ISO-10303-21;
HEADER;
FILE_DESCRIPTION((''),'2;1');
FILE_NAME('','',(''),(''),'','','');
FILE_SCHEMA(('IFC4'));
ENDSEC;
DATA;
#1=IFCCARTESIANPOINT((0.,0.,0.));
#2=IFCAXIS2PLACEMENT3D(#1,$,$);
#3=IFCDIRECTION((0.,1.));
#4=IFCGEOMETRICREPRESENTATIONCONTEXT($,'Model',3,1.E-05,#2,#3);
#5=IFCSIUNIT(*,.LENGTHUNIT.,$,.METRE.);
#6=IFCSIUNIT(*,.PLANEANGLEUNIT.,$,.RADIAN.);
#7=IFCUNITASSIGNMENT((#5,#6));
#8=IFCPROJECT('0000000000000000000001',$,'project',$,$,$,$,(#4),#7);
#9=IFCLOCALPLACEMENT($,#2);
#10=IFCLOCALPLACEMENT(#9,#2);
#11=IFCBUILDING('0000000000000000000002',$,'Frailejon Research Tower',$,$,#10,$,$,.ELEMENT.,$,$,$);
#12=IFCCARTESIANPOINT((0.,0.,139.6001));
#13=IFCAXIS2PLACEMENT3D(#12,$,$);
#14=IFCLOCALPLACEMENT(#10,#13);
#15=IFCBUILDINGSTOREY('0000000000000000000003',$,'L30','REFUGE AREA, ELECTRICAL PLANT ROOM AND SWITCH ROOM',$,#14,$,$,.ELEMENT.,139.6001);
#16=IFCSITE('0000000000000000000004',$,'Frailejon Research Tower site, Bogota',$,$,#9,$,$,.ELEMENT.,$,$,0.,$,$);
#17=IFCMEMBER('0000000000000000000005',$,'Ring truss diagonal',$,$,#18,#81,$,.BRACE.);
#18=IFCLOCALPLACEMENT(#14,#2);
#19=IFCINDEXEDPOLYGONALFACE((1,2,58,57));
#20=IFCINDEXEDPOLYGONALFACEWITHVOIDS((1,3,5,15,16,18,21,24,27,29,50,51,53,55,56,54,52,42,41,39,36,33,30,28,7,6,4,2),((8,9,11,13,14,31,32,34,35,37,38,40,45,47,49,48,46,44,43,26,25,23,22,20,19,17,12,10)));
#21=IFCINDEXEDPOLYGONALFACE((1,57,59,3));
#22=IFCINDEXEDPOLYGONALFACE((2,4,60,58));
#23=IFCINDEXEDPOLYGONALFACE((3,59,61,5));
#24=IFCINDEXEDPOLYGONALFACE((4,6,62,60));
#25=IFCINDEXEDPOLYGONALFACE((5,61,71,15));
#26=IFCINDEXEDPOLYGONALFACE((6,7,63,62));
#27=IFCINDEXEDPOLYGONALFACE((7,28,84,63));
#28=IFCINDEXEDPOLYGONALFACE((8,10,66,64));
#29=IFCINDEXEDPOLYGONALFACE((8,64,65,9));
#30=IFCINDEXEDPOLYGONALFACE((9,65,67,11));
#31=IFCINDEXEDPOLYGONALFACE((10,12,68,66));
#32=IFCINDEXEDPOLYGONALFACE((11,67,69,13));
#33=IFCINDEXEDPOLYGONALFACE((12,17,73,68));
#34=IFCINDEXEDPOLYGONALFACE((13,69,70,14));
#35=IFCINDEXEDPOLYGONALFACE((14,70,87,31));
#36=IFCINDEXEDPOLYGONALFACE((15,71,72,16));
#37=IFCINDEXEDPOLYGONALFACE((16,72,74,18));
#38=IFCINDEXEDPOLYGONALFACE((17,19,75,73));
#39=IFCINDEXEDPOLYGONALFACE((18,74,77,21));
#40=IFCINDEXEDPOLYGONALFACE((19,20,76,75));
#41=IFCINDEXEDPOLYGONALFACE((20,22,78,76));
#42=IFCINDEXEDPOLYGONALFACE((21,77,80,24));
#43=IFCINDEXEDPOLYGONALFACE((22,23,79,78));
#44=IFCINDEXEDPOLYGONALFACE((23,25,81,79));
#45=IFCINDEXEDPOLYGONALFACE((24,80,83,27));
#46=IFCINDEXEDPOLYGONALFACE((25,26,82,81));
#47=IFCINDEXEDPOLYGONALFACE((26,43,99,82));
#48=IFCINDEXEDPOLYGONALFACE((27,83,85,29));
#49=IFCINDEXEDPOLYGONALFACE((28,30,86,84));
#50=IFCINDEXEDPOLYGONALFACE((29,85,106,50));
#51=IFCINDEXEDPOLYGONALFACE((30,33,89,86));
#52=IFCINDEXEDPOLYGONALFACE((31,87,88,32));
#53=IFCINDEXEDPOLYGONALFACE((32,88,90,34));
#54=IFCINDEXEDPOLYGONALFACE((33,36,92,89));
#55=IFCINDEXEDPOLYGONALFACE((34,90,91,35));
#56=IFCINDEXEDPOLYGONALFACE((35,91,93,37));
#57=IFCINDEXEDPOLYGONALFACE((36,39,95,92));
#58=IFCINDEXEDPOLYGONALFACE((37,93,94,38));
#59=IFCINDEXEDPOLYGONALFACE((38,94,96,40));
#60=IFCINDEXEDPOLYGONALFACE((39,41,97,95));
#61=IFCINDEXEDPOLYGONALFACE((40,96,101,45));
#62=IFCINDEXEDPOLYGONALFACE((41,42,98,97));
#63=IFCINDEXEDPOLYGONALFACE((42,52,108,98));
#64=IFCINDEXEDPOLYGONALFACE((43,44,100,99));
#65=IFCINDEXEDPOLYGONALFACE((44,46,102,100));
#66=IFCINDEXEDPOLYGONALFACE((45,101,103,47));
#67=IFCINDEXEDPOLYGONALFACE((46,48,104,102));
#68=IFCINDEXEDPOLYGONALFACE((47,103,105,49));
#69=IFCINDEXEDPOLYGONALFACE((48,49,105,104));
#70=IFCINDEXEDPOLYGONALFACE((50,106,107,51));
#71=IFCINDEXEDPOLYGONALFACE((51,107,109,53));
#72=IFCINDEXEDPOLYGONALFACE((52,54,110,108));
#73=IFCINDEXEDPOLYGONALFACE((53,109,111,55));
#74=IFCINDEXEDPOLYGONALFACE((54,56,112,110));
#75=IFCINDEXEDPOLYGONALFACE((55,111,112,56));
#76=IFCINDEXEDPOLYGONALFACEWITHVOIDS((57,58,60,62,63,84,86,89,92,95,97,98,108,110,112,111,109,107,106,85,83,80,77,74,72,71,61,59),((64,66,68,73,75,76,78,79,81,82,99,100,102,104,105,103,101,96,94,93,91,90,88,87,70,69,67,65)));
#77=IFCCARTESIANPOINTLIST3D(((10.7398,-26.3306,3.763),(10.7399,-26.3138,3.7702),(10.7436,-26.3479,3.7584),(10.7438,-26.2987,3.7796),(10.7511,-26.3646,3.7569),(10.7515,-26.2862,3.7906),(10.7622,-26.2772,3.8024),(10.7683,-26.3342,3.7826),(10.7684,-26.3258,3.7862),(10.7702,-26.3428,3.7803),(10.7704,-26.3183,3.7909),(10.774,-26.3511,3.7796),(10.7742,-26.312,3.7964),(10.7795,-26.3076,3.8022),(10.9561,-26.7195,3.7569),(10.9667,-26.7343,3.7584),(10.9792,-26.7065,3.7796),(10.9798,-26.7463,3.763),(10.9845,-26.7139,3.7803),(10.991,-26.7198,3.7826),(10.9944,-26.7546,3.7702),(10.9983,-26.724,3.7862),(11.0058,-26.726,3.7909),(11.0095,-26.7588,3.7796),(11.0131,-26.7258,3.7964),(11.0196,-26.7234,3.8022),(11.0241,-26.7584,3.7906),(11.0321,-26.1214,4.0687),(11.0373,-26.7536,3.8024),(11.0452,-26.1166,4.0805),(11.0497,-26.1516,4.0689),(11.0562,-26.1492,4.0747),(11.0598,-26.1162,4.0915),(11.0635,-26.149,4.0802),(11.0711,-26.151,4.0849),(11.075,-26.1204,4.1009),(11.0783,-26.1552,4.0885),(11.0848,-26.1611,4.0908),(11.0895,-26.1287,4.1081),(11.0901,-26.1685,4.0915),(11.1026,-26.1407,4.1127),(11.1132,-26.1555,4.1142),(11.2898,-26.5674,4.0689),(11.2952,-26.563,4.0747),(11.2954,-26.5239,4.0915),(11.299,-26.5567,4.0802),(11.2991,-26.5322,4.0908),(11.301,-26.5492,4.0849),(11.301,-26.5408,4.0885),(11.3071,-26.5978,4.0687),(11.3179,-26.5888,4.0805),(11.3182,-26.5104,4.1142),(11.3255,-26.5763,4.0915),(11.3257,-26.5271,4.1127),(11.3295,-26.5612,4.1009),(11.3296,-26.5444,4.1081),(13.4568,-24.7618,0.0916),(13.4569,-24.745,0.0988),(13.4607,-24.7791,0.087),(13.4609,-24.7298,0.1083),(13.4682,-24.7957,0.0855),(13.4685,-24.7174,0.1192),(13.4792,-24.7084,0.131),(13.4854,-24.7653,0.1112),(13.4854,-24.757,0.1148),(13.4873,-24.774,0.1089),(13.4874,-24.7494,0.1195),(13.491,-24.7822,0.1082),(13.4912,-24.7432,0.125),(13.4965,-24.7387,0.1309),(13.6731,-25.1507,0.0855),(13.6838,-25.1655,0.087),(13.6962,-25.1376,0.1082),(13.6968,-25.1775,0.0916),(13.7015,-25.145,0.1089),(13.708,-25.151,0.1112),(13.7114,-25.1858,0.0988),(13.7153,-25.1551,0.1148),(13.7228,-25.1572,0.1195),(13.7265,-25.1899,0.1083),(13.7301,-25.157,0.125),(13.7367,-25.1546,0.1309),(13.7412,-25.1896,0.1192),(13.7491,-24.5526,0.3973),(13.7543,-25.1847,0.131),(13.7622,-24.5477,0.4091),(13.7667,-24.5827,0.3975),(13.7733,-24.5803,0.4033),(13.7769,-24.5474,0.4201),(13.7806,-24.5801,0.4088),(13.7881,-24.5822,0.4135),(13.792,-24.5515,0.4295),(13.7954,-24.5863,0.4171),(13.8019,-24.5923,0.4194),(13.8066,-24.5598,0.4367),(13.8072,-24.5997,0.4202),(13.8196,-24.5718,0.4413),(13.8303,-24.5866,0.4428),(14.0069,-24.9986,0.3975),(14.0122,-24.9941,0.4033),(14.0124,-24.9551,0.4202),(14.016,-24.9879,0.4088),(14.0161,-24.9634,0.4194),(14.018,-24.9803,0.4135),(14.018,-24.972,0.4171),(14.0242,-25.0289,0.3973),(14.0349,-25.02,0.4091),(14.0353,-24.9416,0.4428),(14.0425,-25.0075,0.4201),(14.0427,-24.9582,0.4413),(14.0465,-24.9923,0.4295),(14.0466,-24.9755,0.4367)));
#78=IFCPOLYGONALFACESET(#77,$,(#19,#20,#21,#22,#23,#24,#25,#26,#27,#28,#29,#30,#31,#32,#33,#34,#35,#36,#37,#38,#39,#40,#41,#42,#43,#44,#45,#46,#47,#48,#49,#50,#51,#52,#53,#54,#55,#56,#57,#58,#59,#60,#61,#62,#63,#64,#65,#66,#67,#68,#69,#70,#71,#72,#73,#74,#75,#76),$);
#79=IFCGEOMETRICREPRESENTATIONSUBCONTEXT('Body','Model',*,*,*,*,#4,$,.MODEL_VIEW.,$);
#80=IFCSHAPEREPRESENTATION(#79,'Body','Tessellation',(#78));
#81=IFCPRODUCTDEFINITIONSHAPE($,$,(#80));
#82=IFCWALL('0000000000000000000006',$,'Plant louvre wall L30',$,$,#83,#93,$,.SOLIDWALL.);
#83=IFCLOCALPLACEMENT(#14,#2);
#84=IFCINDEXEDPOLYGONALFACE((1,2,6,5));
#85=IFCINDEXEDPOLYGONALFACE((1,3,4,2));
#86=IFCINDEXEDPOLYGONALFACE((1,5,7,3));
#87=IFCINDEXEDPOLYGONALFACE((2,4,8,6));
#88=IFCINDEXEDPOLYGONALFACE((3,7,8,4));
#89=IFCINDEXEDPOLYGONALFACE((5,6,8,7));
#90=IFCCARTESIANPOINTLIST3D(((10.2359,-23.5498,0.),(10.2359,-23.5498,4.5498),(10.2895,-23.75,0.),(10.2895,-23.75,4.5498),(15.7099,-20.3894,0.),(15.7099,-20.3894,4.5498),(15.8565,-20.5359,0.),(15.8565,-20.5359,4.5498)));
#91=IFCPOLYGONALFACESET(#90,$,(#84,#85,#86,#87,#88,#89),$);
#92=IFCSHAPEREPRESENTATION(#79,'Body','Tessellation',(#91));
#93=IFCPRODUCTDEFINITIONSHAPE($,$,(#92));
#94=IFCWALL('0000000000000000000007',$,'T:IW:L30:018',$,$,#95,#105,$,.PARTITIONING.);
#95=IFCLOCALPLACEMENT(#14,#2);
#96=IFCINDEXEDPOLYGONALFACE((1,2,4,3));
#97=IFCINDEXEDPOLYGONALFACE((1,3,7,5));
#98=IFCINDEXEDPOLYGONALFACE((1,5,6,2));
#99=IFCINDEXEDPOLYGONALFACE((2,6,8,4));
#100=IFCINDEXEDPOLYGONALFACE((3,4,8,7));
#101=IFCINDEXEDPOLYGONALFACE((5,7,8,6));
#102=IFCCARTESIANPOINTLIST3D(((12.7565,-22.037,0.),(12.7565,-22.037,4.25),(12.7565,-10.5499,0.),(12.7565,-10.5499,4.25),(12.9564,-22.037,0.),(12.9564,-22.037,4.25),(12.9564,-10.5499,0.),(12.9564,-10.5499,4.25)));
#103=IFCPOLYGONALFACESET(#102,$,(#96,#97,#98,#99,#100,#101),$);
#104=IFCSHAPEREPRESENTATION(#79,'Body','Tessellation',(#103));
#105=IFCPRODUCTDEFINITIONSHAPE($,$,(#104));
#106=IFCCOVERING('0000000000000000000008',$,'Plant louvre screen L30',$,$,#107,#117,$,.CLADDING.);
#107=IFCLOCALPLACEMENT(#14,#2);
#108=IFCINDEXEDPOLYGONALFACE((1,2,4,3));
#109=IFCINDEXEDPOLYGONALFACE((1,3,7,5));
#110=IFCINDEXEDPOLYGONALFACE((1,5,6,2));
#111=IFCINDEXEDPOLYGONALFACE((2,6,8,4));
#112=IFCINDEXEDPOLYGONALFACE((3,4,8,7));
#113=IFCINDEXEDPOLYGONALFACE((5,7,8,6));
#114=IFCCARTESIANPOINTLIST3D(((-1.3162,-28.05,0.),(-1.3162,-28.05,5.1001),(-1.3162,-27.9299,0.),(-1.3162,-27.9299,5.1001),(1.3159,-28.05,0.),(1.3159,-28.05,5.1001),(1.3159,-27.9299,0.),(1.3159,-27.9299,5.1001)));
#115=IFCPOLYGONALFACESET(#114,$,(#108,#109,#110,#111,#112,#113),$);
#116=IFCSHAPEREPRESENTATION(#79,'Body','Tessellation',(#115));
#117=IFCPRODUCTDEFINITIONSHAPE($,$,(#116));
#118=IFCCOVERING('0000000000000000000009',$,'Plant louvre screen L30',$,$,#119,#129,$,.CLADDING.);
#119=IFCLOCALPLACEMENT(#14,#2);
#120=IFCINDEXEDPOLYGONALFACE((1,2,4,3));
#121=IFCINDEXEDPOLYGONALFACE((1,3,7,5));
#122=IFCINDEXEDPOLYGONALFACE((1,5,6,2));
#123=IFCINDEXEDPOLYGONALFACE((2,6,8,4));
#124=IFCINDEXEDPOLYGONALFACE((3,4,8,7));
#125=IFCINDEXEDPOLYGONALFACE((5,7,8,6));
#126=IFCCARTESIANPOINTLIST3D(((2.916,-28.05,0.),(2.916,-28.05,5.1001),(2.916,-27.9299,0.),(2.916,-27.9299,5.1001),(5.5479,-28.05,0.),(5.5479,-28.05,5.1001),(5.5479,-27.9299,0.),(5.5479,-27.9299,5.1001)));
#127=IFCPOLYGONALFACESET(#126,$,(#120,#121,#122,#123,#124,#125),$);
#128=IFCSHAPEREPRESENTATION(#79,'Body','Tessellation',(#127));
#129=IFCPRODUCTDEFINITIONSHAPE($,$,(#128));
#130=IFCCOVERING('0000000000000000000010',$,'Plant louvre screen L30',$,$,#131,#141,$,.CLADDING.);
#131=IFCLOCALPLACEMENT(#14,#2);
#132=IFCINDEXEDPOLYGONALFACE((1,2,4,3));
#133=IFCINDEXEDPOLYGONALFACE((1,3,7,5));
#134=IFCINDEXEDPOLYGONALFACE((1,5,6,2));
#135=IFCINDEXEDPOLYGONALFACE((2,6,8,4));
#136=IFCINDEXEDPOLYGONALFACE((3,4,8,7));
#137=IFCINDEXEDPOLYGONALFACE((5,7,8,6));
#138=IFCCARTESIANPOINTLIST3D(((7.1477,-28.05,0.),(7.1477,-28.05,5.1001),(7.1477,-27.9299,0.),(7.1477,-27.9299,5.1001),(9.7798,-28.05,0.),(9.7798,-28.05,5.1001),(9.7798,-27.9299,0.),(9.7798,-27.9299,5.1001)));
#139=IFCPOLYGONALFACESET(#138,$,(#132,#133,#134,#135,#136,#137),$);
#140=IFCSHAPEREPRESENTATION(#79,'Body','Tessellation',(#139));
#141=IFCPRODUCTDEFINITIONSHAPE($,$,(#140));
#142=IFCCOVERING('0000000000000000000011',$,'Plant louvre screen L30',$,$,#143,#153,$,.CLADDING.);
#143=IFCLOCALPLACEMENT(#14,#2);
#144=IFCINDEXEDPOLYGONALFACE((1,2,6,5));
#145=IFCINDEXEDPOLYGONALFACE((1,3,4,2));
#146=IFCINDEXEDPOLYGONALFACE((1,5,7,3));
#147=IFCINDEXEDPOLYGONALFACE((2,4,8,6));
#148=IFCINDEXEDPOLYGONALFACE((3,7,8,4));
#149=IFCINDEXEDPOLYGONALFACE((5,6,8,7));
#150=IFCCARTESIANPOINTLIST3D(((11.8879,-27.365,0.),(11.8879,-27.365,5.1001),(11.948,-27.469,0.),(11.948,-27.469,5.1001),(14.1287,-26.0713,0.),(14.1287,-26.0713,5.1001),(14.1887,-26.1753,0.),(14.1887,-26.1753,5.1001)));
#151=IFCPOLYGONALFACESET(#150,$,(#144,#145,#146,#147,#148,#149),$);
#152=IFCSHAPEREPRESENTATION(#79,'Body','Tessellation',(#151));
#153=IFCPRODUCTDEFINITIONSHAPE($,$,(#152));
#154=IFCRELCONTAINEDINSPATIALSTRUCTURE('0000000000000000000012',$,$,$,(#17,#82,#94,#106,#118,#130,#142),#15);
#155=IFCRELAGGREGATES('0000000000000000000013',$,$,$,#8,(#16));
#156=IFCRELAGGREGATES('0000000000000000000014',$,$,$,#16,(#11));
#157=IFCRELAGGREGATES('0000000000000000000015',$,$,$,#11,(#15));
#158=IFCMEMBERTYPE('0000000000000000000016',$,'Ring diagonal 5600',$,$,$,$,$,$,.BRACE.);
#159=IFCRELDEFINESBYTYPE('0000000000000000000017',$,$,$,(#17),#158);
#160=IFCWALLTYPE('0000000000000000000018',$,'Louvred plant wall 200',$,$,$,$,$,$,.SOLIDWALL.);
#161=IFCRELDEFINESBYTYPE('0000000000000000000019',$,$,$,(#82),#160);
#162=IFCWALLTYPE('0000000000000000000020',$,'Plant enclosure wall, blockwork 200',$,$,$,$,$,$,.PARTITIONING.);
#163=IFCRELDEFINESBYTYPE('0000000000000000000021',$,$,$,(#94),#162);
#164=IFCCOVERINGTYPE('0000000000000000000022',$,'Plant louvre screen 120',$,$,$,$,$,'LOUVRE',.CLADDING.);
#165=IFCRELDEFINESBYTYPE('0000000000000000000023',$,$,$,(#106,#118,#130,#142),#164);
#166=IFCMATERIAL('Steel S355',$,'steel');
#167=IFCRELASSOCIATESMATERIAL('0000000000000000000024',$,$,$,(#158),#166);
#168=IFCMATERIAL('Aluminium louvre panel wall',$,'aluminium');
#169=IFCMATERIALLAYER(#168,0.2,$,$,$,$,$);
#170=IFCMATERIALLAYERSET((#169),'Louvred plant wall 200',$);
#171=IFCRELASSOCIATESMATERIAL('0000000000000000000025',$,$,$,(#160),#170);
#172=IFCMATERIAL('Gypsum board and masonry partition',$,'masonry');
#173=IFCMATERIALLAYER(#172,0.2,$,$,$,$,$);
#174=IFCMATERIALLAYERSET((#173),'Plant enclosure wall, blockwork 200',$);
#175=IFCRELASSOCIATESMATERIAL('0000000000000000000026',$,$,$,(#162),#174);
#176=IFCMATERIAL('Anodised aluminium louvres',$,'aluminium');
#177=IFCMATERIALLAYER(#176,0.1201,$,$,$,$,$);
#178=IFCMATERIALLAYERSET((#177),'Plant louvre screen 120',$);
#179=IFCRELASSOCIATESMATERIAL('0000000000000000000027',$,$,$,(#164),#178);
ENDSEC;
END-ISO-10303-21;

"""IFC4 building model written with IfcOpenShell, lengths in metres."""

from ifc_helpers import new_model, si_unit, direction, frame, frame_2d, origin, origin_2d, place, context, subcontext, project, spatial, polyline, rectangle, hollow_rectangle, outline, extrude, material, layer, layer_set, material_profile, profile_set, type_object, element, save


model = new_model("IFC4")

# Units and contexts
model_context = context("Model", 3, precision=1e-05, world=origin(), true_north=direction((0.0, 1.0)))
body_context = subcontext(model_context, "Body", "Model", "MODEL_VIEW")
ifc_project = project(units=[si_unit("LENGTHUNIT", "METRE"), si_unit("PLANEANGLEUNIT", "RADIAN")], contexts=[model_context])

# Site, building, storey
site_placement = place(None, origin())
site = spatial("IfcSite", under=ifc_project, at=site_placement, Name="Frailejon Research Tower site, Bogota", CompositionType="ELEMENT", RefElevation=0.0)
building_placement = place(site_placement, origin())
building = spatial("IfcBuilding", under=site, at=building_placement, Name="Frailejon Research Tower", CompositionType="ELEMENT")
storey_placement = place(building_placement, frame((0.0, 0.0, 139.6001)))
storey = spatial("IfcBuildingStorey", under=building, at=storey_placement, Name="L30", Description="REFUGE AREA, ELECTRICAL PLANT ROOM AND SWITCH ROOM", CompositionType="ELEMENT", Elevation=139.6001)

# Member
ifc_material_1 = material(Name="Steel S355", Category="steel")
ifc_material_profile_1 = material_profile(ifc_material_1, hollow_rectangle(XDim=0.55, YDim=0.55, WallThickness=0.0349, InnerFilletRadius=0.0349, OuterFilletRadius=0.0701, at=origin_2d()), Name="Ring diagonal 5600")
ifc_profile_set_1 = profile_set([ifc_material_profile_1], Name="Steel S355")
member_type = type_object("IfcMemberType", Name="Ring diagonal 5600", PredefinedType="BRACE", material=ifc_profile_set_1)
member_1_placement = place(storey_placement, frame((11.0347, -26.4375, 3.9355), z_axis=(0.562609, 0.324857, -0.760223), x_axis=(-0.500039, 0.866003, 0.0)))
element("IfcMember", 1, at=member_1_placement, inside=storey, type_object=member_type, Name="Ring truss diagonal", PredefinedType="BRACE", context=body_context, shape_type="SweptSolid", body=[
    extrude(hollow_rectangle(XDim=0.55, YDim=0.55, WallThickness=0.0349, InnerFilletRadius=0.0349, OuterFilletRadius=0.0701, at=origin_2d()), origin(), (0.0, 0.0, 1.0), 4.8293),
])

# Walls
ifc_material_2 = material(Name="Aluminium louvre panel wall", Category="aluminium")
ifc_layer_1 = layer(ifc_material_2, 0.2)
ifc_layer_set_1 = layer_set([ifc_layer_1], Name="Louvred plant wall 200")
wall_type_1 = type_object("IfcWallType", Name="Louvred plant wall 200", PredefinedType="SOLIDWALL", material=ifc_layer_set_1)
wall_1_placement = place(storey_placement, frame((10.2627, -23.6499, 0.0), z_axis=(0.0, 0.0, 1.0), x_axis=(0.866026, 0.499999, 0.0)))
element("IfcWall", 2, at=wall_1_placement, inside=storey, type_object=wall_type_1, Name="Plant louvre wall L30", PredefinedType="SOLIDWALL", context=body_context, shape_type="SweptSolid", body=[
    extrude(outline(polyline([(-0.0269, -0.1001), (6.4014, -0.1001), (6.3477, 0.1001), (0.0269, 0.1001), (-0.0269, -0.1001)])), origin(), (0.0, 0.0, 1.0), 4.5498),
])
ifc_material_3 = material(Name="Gypsum board and masonry partition", Category="masonry")
ifc_layer_2 = layer(ifc_material_3, 0.2)
ifc_layer_set_2 = layer_set([ifc_layer_2], Name="Plant enclosure wall, blockwork 200")
wall_type_2 = type_object("IfcWallType", Name="Plant enclosure wall, blockwork 200", PredefinedType="PARTITIONING", material=ifc_layer_set_2)
wall_2_placement = place(storey_placement, frame((12.8564, -22.0371, 0.0), z_axis=(0.0, 0.0, 1.0), x_axis=(0.0, 1.0, 0.0)))
element("IfcWall", 3, at=wall_2_placement, inside=storey, type_object=wall_type_2, Name="T:IW:L30:018", PredefinedType="PARTITIONING", context=body_context, shape_type="SweptSolid", body=[
    extrude(rectangle(XDim=11.4871, YDim=0.2, at=frame_2d((5.7437, 0.0))), origin(), (0.0, 0.0, 1.0), 4.25),
])

# Coverings
ifc_material_4 = material(Name="Anodised aluminium louvres", Category="aluminium")
ifc_layer_3 = layer(ifc_material_4, 0.1201)
ifc_layer_set_3 = layer_set([ifc_layer_3], Name="Plant louvre screen 120")
covering_type = type_object("IfcCoveringType", Name="Plant louvre screen 120", ElementType="LOUVRE", PredefinedType="CLADDING", material=ifc_layer_set_3)
covering_1_placement = place(storey_placement, frame((1.3159, -28.05, 0.0), z_axis=(-1.0, 0.0, 0.0), x_axis=(0.0, -1.0, 0.0)))
element("IfcCovering", 4, at=covering_1_placement, inside=storey, type_object=covering_type, Name="Plant louvre screen L30", PredefinedType="CLADDING", context=body_context, shape_type="SweptSolid", body=[
    extrude(outline(polyline([(-0.1201, 0.0), (0.0, 0.0), (0.0, 5.1001), (-0.1201, 5.1001), (-0.1201, 0.0)])), origin(), (0.0, 0.0, 1.0), 2.6321),
])
covering_2_placement = place(storey_placement, frame((5.5479, -28.05, 0.0), z_axis=(-1.0, 0.0, 0.0), x_axis=(0.0, -1.0, 0.0)))
element("IfcCovering", 5, at=covering_2_placement, inside=storey, type_object=covering_type, Name="Plant louvre screen L30", PredefinedType="CLADDING", context=body_context, shape_type="SweptSolid", body=[
    extrude(outline(polyline([(-0.1201, 0.0), (0.0, 0.0), (0.0, 5.1001), (-0.1201, 5.1001), (-0.1201, 0.0)])), origin(), (0.0, 0.0, 1.0), 2.6318),
])
covering_3_placement = place(storey_placement, frame((9.7798, -28.05, 0.0), z_axis=(-1.0, 0.0, 0.0), x_axis=(0.0, -1.0, 0.0)))
element("IfcCovering", 6, at=covering_3_placement, inside=storey, type_object=covering_type, Name="Plant louvre screen L30", PredefinedType="CLADDING", context=body_context, shape_type="SweptSolid", body=[
    extrude(outline(polyline([(-0.1201, 0.0), (0.0, 0.0), (0.0, 5.1001), (-0.1201, 5.1001), (-0.1201, 0.0)])), origin(), (0.0, 0.0, 1.0), 2.6321),
])
covering_4_placement = place(storey_placement, frame((14.1887, -26.1753, 0.0), z_axis=(-0.866021, -0.500007, 0.0), x_axis=(0.500007, -0.866021, 0.0)))
element("IfcCovering", 7, at=covering_4_placement, inside=storey, type_object=covering_type, Name="Plant louvre screen L30", PredefinedType="CLADDING", context=body_context, shape_type="SweptSolid", body=[
    extrude(outline(polyline([(-0.1201, 0.0), (0.0, 0.0), (0.0, 5.1001), (-0.1201, 5.1001), (-0.1201, 0.0)])), origin(), (0.0, 0.0, 1.0), 2.5874),
])

save(model, "model.ifc")
